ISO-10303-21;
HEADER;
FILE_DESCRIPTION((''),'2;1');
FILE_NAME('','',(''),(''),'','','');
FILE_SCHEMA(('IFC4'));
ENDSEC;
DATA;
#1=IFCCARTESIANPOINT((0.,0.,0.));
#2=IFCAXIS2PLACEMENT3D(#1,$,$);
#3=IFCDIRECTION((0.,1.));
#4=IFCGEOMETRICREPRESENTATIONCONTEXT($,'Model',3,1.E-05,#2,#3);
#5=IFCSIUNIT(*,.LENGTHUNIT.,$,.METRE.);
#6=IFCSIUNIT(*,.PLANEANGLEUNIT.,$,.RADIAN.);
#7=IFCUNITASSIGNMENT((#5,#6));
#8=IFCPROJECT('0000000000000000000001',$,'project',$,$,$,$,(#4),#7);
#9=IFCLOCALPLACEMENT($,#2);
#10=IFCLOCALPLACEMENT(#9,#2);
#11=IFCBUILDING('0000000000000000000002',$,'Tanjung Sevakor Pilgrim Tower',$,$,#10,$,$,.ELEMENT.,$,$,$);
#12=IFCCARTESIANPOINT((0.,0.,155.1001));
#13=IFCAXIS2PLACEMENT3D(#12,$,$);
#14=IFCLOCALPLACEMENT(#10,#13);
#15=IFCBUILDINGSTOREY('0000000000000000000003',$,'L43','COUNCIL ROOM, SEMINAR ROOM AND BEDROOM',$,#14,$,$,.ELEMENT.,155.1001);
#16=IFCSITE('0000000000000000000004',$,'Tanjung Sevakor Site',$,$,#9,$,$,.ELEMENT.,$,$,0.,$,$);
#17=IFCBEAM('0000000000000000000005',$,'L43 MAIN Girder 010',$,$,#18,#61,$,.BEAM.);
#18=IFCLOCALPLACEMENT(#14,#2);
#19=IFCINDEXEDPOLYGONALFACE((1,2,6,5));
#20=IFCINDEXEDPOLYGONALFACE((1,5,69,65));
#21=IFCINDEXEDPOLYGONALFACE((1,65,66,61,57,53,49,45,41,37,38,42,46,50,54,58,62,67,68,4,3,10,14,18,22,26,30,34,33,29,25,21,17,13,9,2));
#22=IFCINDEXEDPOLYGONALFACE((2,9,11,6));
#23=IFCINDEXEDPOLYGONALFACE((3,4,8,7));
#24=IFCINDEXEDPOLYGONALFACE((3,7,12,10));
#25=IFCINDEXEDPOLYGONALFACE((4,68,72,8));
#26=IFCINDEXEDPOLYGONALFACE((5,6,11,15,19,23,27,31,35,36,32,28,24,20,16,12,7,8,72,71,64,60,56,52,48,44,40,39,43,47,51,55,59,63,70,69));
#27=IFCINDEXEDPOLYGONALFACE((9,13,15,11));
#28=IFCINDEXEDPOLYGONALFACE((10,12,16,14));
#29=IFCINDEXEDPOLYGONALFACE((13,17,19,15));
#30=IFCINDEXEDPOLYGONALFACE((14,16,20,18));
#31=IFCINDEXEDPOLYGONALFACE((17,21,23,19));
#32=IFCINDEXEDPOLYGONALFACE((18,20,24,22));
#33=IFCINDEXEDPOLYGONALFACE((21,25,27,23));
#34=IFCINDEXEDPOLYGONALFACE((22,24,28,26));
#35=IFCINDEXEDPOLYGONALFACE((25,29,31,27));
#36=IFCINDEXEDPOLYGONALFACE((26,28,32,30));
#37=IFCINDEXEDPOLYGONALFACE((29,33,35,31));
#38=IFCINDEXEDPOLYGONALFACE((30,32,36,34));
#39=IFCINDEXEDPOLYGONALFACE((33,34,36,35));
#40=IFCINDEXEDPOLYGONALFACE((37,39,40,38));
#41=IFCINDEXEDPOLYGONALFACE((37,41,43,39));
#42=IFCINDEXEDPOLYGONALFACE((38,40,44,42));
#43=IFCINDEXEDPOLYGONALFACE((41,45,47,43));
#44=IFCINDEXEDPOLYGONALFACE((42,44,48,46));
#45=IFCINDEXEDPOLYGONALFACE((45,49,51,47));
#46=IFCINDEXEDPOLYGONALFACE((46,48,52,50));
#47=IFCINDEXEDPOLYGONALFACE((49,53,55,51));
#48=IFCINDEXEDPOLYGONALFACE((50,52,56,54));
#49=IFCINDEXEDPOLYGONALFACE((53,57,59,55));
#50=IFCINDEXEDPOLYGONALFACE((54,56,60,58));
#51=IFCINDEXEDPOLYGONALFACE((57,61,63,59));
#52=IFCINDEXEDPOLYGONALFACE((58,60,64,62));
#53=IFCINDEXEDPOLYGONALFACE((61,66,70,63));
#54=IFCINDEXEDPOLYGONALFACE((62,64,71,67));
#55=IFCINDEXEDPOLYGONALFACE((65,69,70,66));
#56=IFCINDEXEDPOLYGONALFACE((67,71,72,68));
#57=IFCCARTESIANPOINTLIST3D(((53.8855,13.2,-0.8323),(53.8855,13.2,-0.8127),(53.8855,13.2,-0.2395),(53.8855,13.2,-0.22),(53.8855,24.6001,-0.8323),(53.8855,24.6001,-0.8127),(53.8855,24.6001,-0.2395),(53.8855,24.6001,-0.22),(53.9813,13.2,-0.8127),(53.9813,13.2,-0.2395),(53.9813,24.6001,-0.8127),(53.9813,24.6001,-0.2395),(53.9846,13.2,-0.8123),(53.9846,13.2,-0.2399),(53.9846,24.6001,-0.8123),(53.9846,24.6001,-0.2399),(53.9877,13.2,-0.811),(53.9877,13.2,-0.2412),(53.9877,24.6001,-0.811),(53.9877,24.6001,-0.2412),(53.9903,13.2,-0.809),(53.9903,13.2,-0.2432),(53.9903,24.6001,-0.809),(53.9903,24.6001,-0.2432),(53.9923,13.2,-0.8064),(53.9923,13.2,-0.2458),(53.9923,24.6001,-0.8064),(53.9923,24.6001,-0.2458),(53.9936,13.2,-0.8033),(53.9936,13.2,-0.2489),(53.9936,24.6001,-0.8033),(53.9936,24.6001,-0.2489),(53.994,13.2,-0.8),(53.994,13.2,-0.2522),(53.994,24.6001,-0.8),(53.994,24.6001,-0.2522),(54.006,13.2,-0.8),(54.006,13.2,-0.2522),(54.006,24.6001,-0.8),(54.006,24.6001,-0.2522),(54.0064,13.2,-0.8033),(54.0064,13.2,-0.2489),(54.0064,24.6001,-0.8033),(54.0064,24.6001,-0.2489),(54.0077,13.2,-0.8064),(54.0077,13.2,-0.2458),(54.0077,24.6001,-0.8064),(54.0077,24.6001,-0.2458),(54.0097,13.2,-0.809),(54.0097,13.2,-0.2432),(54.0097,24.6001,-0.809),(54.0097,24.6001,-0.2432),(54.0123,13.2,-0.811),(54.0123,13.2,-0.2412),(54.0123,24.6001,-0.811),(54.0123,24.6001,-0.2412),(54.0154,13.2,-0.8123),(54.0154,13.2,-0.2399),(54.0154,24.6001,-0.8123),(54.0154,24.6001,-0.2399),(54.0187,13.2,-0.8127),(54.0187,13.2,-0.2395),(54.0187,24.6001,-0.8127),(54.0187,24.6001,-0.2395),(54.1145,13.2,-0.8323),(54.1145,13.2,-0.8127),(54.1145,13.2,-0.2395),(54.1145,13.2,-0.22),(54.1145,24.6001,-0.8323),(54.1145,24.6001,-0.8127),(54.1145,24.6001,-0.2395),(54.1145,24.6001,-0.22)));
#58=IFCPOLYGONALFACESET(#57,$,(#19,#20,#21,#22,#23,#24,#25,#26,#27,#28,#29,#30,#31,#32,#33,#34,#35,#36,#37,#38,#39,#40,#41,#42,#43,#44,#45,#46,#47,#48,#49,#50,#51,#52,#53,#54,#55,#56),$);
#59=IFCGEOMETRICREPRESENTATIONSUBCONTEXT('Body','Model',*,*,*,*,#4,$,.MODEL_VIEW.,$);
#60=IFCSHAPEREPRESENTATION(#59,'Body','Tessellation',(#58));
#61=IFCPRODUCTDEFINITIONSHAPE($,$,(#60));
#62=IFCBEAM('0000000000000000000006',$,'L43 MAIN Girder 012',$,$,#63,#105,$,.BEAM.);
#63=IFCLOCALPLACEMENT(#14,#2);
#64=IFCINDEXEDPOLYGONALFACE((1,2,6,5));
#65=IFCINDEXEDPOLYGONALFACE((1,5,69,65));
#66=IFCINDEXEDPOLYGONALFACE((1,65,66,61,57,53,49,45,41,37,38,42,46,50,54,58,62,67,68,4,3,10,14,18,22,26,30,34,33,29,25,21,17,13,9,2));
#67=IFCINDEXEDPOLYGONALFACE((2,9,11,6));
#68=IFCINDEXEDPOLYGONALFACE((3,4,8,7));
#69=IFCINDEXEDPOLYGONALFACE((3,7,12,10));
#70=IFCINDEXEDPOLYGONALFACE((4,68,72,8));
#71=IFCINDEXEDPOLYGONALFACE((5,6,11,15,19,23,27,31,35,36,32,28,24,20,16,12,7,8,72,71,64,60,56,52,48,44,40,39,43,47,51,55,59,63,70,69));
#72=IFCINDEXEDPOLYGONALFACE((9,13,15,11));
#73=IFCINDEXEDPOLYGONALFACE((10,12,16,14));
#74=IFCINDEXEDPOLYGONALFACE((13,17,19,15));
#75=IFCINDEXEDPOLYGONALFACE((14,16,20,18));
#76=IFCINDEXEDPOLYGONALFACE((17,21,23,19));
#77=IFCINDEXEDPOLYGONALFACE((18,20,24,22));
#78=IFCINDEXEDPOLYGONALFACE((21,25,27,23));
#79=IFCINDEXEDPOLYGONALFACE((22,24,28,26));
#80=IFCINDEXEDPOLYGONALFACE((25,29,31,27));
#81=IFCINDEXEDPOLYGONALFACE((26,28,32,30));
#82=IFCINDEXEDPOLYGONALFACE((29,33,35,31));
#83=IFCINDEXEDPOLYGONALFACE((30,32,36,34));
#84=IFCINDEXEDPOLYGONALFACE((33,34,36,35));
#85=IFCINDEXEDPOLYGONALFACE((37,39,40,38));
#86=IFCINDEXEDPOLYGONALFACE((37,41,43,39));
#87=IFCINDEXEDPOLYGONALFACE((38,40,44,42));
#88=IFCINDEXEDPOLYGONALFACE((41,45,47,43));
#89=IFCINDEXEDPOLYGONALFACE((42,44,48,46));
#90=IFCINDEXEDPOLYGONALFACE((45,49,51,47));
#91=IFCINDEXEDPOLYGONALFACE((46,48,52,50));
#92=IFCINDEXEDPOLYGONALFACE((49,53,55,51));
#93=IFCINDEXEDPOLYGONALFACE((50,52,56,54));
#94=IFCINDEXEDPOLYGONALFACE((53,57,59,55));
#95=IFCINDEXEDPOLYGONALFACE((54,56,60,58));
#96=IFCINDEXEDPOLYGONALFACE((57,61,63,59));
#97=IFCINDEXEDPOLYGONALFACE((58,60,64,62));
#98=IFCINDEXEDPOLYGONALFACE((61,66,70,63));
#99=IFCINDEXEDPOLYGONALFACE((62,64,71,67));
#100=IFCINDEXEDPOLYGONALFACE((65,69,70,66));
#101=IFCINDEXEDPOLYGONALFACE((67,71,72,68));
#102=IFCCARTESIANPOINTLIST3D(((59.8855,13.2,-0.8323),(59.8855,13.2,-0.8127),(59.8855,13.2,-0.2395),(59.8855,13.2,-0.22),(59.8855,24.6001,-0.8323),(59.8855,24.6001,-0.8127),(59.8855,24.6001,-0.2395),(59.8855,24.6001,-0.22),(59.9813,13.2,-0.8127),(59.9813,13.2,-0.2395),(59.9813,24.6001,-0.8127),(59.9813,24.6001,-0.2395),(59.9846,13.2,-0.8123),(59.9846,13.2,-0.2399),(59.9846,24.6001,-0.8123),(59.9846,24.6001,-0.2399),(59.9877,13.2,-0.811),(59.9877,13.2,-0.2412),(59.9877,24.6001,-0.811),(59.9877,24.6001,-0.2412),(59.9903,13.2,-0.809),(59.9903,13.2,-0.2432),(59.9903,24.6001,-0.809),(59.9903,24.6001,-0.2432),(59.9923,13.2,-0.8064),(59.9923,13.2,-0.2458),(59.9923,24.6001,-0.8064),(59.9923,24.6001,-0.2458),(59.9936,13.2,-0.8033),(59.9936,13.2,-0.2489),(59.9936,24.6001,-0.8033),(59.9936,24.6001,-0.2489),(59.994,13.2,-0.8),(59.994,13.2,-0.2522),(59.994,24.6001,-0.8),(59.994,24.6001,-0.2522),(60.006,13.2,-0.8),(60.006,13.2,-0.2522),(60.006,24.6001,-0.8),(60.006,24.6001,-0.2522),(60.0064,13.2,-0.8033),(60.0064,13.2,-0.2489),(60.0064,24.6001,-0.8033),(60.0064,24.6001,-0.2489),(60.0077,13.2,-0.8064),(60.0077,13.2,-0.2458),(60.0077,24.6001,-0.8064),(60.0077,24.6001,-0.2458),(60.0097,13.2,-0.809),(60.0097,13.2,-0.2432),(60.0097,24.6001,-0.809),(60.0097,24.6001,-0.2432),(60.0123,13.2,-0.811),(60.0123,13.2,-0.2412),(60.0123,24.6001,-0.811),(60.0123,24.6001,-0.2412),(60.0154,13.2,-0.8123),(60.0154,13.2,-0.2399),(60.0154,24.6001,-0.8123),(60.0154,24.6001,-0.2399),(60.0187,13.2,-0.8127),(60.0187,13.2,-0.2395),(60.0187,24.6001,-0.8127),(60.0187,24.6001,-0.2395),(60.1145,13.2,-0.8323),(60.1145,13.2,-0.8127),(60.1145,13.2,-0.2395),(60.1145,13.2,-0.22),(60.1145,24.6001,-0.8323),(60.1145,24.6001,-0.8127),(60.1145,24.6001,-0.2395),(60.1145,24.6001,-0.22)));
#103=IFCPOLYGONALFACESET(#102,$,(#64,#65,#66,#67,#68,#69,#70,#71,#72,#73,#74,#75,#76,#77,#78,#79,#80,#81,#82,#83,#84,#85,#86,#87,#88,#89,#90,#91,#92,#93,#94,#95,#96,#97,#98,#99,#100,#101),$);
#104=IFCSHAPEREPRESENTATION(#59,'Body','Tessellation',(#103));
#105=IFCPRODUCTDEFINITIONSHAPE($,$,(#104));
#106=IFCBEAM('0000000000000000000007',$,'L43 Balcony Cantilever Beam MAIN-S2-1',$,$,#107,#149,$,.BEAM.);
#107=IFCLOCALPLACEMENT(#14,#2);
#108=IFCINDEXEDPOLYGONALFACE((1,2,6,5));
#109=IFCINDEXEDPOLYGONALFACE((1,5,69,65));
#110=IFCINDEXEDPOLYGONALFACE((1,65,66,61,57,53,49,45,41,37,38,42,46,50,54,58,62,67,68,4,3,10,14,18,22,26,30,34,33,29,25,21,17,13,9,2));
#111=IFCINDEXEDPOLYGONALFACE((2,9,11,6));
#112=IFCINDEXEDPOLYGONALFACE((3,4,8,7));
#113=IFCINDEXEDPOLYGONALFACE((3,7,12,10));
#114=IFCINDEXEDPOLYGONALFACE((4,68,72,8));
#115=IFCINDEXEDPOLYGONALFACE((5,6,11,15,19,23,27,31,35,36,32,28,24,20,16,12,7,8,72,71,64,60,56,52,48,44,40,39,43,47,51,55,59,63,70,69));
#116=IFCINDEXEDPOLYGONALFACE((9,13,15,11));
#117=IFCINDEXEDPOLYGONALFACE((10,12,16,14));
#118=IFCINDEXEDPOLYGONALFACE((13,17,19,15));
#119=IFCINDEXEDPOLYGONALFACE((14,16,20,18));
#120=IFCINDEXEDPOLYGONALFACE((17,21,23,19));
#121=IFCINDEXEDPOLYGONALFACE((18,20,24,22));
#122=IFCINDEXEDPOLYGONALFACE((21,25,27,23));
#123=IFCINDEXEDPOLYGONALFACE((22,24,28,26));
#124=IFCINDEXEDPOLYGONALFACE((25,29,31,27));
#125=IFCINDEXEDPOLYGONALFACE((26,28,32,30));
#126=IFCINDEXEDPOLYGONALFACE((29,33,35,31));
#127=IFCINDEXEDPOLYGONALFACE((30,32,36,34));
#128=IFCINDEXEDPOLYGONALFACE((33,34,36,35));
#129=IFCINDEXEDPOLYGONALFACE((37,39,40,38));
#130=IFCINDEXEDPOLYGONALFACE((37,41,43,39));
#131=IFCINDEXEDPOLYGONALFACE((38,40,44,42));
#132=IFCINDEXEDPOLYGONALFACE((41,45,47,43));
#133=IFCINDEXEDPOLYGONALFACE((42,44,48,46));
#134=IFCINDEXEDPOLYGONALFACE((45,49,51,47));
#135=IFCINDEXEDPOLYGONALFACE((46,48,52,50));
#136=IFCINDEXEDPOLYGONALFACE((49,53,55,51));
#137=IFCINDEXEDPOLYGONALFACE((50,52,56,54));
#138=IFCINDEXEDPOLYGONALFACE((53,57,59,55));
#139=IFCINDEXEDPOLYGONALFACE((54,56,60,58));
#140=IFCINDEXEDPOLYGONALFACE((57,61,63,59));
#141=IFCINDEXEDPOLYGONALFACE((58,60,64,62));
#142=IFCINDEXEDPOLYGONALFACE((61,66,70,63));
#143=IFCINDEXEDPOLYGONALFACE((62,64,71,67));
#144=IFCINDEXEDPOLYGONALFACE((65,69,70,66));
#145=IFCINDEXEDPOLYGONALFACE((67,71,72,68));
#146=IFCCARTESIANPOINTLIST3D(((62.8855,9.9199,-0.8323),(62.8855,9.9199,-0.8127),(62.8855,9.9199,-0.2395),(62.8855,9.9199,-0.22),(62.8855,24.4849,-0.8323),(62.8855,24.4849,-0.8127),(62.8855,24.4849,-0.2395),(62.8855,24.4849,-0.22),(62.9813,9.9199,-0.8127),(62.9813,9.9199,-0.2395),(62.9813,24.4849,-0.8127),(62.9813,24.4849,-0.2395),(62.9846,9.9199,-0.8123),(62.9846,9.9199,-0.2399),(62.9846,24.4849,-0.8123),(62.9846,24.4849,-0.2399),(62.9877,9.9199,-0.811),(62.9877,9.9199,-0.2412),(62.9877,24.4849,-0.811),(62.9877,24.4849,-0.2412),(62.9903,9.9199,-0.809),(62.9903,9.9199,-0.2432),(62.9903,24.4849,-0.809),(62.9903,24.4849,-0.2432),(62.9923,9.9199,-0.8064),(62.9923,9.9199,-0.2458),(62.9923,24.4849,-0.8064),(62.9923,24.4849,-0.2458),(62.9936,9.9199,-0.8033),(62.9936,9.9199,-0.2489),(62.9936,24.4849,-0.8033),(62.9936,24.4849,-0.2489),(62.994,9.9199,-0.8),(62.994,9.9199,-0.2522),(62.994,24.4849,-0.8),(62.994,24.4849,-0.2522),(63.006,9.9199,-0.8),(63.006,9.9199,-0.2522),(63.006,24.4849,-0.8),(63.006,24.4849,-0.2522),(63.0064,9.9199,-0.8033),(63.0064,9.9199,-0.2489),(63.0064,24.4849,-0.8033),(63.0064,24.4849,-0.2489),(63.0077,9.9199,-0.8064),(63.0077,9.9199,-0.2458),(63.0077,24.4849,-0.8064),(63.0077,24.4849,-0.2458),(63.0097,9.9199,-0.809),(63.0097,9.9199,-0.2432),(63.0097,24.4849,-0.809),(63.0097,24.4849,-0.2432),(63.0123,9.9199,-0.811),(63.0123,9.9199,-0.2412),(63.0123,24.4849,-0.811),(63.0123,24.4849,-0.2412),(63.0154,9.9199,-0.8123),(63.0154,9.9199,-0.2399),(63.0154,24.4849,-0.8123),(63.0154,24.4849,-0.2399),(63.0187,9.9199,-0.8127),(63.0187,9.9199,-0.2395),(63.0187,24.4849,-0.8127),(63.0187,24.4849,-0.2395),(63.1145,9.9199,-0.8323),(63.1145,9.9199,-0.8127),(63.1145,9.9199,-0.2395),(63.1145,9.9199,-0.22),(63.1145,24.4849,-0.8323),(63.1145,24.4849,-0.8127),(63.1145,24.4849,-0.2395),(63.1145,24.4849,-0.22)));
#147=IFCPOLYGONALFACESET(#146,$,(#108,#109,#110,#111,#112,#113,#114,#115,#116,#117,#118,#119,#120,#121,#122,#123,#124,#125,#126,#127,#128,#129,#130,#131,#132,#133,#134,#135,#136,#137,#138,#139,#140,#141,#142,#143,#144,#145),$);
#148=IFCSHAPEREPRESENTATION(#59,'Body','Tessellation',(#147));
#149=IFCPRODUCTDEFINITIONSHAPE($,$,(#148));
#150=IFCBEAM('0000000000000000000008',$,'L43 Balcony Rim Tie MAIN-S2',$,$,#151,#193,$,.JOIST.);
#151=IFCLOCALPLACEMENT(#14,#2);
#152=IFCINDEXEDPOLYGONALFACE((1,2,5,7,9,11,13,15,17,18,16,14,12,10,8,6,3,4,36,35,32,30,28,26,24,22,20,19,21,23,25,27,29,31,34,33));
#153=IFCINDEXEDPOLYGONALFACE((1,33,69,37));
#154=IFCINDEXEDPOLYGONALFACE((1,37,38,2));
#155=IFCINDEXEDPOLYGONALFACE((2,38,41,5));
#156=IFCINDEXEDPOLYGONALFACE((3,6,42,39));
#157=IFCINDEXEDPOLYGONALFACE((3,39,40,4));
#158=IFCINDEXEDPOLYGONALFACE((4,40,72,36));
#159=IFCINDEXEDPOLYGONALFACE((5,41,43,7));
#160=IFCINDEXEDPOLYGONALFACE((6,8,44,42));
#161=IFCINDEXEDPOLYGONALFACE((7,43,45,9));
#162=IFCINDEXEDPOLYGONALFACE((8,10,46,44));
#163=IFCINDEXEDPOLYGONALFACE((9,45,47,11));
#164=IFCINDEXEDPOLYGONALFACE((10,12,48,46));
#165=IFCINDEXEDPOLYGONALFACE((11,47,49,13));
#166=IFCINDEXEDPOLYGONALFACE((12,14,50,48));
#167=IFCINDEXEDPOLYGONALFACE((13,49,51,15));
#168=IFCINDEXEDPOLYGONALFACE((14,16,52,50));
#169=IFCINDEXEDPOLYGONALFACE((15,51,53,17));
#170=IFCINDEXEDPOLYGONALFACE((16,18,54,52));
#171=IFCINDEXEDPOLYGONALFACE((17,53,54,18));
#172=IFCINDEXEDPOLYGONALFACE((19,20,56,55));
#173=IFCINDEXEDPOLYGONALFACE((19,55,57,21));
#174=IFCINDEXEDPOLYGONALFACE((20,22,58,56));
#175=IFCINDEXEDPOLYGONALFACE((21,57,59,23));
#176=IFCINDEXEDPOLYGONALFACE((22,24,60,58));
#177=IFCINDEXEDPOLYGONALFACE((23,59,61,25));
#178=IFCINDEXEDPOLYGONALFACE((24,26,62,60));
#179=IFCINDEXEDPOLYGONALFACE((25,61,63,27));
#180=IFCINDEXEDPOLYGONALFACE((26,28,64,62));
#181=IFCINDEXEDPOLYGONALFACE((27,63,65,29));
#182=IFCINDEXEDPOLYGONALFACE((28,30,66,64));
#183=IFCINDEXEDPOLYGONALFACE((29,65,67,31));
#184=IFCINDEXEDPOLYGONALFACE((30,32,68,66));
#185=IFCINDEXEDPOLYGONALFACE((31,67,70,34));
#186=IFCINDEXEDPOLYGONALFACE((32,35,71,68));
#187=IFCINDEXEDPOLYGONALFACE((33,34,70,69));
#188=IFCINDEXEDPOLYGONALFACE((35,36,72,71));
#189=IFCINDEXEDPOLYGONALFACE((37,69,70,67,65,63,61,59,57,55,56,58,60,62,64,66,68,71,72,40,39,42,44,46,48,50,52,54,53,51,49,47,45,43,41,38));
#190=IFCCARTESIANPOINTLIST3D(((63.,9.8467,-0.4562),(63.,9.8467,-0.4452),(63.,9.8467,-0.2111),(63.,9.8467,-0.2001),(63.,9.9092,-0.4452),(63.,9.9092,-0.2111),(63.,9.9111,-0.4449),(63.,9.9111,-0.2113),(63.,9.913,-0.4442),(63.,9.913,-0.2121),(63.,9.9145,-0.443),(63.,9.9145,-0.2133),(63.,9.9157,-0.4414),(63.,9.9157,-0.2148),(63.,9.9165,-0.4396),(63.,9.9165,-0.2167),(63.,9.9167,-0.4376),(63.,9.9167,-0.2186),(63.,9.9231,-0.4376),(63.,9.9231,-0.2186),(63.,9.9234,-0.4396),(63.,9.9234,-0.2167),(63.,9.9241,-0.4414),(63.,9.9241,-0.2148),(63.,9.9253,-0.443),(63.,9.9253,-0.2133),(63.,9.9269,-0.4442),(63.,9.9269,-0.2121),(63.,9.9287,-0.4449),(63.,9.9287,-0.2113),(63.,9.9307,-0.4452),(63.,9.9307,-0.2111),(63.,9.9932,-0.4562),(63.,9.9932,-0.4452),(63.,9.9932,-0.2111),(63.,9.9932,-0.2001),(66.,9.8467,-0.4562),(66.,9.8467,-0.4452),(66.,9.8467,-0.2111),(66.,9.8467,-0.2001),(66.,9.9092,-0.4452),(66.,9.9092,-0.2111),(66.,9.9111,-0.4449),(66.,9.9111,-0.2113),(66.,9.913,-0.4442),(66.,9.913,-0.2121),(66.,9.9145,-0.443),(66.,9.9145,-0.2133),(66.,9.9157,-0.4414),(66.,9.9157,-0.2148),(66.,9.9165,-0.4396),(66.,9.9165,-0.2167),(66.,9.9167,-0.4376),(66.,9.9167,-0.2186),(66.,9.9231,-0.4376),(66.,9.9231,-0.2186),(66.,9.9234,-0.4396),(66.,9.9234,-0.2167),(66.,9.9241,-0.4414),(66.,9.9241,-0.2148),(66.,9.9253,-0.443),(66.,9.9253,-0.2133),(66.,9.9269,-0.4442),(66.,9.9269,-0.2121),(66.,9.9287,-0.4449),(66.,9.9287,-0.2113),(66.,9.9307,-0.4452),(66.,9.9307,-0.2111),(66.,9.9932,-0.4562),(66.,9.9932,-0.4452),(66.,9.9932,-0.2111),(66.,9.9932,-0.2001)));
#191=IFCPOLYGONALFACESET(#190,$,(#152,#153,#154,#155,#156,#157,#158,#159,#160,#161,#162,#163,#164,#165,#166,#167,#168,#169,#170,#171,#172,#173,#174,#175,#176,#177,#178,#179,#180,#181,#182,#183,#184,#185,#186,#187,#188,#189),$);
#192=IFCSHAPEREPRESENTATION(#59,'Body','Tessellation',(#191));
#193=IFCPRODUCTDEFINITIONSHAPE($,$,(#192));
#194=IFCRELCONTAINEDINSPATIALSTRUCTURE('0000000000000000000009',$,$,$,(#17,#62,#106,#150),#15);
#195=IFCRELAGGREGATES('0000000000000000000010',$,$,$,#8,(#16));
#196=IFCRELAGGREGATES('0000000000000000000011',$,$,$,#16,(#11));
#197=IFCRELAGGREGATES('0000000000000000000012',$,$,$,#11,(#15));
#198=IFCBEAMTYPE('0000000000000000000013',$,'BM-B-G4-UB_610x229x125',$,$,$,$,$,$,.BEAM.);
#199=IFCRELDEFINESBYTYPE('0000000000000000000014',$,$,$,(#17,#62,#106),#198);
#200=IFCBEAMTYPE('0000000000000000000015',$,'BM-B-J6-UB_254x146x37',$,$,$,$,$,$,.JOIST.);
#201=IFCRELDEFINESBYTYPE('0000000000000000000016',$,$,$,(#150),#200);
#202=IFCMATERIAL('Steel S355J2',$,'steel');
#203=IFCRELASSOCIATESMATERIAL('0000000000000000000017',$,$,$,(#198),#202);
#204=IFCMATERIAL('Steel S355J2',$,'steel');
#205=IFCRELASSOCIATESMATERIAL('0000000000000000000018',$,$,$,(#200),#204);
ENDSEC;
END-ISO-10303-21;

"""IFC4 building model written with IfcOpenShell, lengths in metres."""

from ifc_helpers import new_model, si_unit, direction, frame, origin, origin_2d, place, context, subcontext, project, spatial, i_section, extrude, material, material_profile, profile_set, type_object, element, save


model = new_model("IFC4")

# Units and contexts
model_context = context("Model", 3, precision=1e-05, world=origin(), true_north=direction((0.0, 1.0)))
body_context = subcontext(model_context, "Body", "Model", "MODEL_VIEW")
ifc_project = project(units=[si_unit("LENGTHUNIT", "METRE"), si_unit("PLANEANGLEUNIT", "RADIAN")], contexts=[model_context])

# Site, building, storey
site_placement = place(None, origin())
site = spatial("IfcSite", under=ifc_project, at=site_placement, Name="Tanjung Sevakor Site", CompositionType="ELEMENT", RefElevation=0.0)
building_placement = place(site_placement, origin())
building = spatial("IfcBuilding", under=site, at=building_placement, Name="Tanjung Sevakor Pilgrim Tower", CompositionType="ELEMENT")
storey_placement = place(building_placement, frame((0.0, 0.0, 155.1001)))
storey = spatial("IfcBuildingStorey", under=building, at=storey_placement, Name="L43", Description="COUNCIL ROOM, SEMINAR ROOM AND BEDROOM", CompositionType="ELEMENT", Elevation=155.1001)

# Beams
ifc_material_1 = material(Name="Steel S355J2", Category="steel")
ifc_material_profile_1 = material_profile(ifc_material_1, i_section(OverallWidth=0.229, OverallDepth=0.6123, WebThickness=0.012, FlangeThickness=0.0195, FilletRadius=0.0127, at=origin_2d()))
ifc_profile_set_1 = profile_set([ifc_material_profile_1], Name="Steel S355J2")
beam_type_1 = type_object("IfcBeamType", Name="BM-B-G4-UB_610x229x125", PredefinedType="BEAM", material=ifc_profile_set_1)
for number, where, z_axis, x_axis, name in (
    (1, (54.0, 13.2, -0.5261), (0.0, 1.0, 0.0), (-1.0, 0.0, 0.0), "L43 MAIN Girder 010"),
    (2, (60.0, 13.2, -0.5261), (0.0, 1.0, 0.0), (-1.0, 0.0, 0.0), "L43 MAIN Girder 012"),
):
    element("IfcBeam", number, at=place(storey_placement, frame(where, z_axis=z_axis, x_axis=x_axis)), inside=storey, type_object=beam_type_1, Name=name, PredefinedType="BEAM", context=body_context, shape_type="SweptSolid", body=[
        extrude(i_section(OverallWidth=0.229, OverallDepth=0.6123, WebThickness=0.012, FlangeThickness=0.0195, FilletRadius=0.0127, at=origin_2d()), origin(), (0.0, 0.0, 1.0), 11.4001),
    ])
beam_1_placement = place(storey_placement, frame((63.0, 24.4849, -0.5261), z_axis=(0.0, -1.0, 0.0), x_axis=(1.0, 0.0, 0.0)))
element("IfcBeam", 3, at=beam_1_placement, inside=storey, type_object=beam_type_1, Name="L43 Balcony Cantilever Beam MAIN-S2-1", PredefinedType="BEAM", context=body_context, shape_type="SweptSolid", body=[
    extrude(i_section(OverallWidth=0.229, OverallDepth=0.6123, WebThickness=0.012, FlangeThickness=0.0195, FilletRadius=0.0127, at=origin_2d()), origin(), (0.0, 0.0, 1.0), 14.5649),
])
ifc_material_2 = material(Name="Steel S355J2", Category="steel")
ifc_material_profile_2 = material_profile(ifc_material_2, i_section(OverallWidth=0.1465, OverallDepth=0.2561, WebThickness=0.0063, FlangeThickness=0.011, FilletRadius=0.0076, at=origin_2d()))
ifc_profile_set_2 = profile_set([ifc_material_profile_2], Name="Steel S355J2")
beam_type_2 = type_object("IfcBeamType", Name="BM-B-J6-UB_254x146x37", PredefinedType="JOIST", material=ifc_profile_set_2)
beam_2_placement = place(storey_placement, frame((63.0, 9.9199, -0.3281), z_axis=(1.0, 0.0, 0.0), x_axis=(0.0, 1.0, 0.0)))
element("IfcBeam", 4, at=beam_2_placement, inside=storey, type_object=beam_type_2, Name="L43 Balcony Rim Tie MAIN-S2", PredefinedType="JOIST", context=body_context, shape_type="SweptSolid", body=[
    extrude(i_section(OverallWidth=0.1465, OverallDepth=0.2561, WebThickness=0.0063, FlangeThickness=0.011, FilletRadius=0.0076, at=origin_2d()), origin(), (0.0, 0.0, 1.0), 3.0),
])

save(model, "model.ifc")
